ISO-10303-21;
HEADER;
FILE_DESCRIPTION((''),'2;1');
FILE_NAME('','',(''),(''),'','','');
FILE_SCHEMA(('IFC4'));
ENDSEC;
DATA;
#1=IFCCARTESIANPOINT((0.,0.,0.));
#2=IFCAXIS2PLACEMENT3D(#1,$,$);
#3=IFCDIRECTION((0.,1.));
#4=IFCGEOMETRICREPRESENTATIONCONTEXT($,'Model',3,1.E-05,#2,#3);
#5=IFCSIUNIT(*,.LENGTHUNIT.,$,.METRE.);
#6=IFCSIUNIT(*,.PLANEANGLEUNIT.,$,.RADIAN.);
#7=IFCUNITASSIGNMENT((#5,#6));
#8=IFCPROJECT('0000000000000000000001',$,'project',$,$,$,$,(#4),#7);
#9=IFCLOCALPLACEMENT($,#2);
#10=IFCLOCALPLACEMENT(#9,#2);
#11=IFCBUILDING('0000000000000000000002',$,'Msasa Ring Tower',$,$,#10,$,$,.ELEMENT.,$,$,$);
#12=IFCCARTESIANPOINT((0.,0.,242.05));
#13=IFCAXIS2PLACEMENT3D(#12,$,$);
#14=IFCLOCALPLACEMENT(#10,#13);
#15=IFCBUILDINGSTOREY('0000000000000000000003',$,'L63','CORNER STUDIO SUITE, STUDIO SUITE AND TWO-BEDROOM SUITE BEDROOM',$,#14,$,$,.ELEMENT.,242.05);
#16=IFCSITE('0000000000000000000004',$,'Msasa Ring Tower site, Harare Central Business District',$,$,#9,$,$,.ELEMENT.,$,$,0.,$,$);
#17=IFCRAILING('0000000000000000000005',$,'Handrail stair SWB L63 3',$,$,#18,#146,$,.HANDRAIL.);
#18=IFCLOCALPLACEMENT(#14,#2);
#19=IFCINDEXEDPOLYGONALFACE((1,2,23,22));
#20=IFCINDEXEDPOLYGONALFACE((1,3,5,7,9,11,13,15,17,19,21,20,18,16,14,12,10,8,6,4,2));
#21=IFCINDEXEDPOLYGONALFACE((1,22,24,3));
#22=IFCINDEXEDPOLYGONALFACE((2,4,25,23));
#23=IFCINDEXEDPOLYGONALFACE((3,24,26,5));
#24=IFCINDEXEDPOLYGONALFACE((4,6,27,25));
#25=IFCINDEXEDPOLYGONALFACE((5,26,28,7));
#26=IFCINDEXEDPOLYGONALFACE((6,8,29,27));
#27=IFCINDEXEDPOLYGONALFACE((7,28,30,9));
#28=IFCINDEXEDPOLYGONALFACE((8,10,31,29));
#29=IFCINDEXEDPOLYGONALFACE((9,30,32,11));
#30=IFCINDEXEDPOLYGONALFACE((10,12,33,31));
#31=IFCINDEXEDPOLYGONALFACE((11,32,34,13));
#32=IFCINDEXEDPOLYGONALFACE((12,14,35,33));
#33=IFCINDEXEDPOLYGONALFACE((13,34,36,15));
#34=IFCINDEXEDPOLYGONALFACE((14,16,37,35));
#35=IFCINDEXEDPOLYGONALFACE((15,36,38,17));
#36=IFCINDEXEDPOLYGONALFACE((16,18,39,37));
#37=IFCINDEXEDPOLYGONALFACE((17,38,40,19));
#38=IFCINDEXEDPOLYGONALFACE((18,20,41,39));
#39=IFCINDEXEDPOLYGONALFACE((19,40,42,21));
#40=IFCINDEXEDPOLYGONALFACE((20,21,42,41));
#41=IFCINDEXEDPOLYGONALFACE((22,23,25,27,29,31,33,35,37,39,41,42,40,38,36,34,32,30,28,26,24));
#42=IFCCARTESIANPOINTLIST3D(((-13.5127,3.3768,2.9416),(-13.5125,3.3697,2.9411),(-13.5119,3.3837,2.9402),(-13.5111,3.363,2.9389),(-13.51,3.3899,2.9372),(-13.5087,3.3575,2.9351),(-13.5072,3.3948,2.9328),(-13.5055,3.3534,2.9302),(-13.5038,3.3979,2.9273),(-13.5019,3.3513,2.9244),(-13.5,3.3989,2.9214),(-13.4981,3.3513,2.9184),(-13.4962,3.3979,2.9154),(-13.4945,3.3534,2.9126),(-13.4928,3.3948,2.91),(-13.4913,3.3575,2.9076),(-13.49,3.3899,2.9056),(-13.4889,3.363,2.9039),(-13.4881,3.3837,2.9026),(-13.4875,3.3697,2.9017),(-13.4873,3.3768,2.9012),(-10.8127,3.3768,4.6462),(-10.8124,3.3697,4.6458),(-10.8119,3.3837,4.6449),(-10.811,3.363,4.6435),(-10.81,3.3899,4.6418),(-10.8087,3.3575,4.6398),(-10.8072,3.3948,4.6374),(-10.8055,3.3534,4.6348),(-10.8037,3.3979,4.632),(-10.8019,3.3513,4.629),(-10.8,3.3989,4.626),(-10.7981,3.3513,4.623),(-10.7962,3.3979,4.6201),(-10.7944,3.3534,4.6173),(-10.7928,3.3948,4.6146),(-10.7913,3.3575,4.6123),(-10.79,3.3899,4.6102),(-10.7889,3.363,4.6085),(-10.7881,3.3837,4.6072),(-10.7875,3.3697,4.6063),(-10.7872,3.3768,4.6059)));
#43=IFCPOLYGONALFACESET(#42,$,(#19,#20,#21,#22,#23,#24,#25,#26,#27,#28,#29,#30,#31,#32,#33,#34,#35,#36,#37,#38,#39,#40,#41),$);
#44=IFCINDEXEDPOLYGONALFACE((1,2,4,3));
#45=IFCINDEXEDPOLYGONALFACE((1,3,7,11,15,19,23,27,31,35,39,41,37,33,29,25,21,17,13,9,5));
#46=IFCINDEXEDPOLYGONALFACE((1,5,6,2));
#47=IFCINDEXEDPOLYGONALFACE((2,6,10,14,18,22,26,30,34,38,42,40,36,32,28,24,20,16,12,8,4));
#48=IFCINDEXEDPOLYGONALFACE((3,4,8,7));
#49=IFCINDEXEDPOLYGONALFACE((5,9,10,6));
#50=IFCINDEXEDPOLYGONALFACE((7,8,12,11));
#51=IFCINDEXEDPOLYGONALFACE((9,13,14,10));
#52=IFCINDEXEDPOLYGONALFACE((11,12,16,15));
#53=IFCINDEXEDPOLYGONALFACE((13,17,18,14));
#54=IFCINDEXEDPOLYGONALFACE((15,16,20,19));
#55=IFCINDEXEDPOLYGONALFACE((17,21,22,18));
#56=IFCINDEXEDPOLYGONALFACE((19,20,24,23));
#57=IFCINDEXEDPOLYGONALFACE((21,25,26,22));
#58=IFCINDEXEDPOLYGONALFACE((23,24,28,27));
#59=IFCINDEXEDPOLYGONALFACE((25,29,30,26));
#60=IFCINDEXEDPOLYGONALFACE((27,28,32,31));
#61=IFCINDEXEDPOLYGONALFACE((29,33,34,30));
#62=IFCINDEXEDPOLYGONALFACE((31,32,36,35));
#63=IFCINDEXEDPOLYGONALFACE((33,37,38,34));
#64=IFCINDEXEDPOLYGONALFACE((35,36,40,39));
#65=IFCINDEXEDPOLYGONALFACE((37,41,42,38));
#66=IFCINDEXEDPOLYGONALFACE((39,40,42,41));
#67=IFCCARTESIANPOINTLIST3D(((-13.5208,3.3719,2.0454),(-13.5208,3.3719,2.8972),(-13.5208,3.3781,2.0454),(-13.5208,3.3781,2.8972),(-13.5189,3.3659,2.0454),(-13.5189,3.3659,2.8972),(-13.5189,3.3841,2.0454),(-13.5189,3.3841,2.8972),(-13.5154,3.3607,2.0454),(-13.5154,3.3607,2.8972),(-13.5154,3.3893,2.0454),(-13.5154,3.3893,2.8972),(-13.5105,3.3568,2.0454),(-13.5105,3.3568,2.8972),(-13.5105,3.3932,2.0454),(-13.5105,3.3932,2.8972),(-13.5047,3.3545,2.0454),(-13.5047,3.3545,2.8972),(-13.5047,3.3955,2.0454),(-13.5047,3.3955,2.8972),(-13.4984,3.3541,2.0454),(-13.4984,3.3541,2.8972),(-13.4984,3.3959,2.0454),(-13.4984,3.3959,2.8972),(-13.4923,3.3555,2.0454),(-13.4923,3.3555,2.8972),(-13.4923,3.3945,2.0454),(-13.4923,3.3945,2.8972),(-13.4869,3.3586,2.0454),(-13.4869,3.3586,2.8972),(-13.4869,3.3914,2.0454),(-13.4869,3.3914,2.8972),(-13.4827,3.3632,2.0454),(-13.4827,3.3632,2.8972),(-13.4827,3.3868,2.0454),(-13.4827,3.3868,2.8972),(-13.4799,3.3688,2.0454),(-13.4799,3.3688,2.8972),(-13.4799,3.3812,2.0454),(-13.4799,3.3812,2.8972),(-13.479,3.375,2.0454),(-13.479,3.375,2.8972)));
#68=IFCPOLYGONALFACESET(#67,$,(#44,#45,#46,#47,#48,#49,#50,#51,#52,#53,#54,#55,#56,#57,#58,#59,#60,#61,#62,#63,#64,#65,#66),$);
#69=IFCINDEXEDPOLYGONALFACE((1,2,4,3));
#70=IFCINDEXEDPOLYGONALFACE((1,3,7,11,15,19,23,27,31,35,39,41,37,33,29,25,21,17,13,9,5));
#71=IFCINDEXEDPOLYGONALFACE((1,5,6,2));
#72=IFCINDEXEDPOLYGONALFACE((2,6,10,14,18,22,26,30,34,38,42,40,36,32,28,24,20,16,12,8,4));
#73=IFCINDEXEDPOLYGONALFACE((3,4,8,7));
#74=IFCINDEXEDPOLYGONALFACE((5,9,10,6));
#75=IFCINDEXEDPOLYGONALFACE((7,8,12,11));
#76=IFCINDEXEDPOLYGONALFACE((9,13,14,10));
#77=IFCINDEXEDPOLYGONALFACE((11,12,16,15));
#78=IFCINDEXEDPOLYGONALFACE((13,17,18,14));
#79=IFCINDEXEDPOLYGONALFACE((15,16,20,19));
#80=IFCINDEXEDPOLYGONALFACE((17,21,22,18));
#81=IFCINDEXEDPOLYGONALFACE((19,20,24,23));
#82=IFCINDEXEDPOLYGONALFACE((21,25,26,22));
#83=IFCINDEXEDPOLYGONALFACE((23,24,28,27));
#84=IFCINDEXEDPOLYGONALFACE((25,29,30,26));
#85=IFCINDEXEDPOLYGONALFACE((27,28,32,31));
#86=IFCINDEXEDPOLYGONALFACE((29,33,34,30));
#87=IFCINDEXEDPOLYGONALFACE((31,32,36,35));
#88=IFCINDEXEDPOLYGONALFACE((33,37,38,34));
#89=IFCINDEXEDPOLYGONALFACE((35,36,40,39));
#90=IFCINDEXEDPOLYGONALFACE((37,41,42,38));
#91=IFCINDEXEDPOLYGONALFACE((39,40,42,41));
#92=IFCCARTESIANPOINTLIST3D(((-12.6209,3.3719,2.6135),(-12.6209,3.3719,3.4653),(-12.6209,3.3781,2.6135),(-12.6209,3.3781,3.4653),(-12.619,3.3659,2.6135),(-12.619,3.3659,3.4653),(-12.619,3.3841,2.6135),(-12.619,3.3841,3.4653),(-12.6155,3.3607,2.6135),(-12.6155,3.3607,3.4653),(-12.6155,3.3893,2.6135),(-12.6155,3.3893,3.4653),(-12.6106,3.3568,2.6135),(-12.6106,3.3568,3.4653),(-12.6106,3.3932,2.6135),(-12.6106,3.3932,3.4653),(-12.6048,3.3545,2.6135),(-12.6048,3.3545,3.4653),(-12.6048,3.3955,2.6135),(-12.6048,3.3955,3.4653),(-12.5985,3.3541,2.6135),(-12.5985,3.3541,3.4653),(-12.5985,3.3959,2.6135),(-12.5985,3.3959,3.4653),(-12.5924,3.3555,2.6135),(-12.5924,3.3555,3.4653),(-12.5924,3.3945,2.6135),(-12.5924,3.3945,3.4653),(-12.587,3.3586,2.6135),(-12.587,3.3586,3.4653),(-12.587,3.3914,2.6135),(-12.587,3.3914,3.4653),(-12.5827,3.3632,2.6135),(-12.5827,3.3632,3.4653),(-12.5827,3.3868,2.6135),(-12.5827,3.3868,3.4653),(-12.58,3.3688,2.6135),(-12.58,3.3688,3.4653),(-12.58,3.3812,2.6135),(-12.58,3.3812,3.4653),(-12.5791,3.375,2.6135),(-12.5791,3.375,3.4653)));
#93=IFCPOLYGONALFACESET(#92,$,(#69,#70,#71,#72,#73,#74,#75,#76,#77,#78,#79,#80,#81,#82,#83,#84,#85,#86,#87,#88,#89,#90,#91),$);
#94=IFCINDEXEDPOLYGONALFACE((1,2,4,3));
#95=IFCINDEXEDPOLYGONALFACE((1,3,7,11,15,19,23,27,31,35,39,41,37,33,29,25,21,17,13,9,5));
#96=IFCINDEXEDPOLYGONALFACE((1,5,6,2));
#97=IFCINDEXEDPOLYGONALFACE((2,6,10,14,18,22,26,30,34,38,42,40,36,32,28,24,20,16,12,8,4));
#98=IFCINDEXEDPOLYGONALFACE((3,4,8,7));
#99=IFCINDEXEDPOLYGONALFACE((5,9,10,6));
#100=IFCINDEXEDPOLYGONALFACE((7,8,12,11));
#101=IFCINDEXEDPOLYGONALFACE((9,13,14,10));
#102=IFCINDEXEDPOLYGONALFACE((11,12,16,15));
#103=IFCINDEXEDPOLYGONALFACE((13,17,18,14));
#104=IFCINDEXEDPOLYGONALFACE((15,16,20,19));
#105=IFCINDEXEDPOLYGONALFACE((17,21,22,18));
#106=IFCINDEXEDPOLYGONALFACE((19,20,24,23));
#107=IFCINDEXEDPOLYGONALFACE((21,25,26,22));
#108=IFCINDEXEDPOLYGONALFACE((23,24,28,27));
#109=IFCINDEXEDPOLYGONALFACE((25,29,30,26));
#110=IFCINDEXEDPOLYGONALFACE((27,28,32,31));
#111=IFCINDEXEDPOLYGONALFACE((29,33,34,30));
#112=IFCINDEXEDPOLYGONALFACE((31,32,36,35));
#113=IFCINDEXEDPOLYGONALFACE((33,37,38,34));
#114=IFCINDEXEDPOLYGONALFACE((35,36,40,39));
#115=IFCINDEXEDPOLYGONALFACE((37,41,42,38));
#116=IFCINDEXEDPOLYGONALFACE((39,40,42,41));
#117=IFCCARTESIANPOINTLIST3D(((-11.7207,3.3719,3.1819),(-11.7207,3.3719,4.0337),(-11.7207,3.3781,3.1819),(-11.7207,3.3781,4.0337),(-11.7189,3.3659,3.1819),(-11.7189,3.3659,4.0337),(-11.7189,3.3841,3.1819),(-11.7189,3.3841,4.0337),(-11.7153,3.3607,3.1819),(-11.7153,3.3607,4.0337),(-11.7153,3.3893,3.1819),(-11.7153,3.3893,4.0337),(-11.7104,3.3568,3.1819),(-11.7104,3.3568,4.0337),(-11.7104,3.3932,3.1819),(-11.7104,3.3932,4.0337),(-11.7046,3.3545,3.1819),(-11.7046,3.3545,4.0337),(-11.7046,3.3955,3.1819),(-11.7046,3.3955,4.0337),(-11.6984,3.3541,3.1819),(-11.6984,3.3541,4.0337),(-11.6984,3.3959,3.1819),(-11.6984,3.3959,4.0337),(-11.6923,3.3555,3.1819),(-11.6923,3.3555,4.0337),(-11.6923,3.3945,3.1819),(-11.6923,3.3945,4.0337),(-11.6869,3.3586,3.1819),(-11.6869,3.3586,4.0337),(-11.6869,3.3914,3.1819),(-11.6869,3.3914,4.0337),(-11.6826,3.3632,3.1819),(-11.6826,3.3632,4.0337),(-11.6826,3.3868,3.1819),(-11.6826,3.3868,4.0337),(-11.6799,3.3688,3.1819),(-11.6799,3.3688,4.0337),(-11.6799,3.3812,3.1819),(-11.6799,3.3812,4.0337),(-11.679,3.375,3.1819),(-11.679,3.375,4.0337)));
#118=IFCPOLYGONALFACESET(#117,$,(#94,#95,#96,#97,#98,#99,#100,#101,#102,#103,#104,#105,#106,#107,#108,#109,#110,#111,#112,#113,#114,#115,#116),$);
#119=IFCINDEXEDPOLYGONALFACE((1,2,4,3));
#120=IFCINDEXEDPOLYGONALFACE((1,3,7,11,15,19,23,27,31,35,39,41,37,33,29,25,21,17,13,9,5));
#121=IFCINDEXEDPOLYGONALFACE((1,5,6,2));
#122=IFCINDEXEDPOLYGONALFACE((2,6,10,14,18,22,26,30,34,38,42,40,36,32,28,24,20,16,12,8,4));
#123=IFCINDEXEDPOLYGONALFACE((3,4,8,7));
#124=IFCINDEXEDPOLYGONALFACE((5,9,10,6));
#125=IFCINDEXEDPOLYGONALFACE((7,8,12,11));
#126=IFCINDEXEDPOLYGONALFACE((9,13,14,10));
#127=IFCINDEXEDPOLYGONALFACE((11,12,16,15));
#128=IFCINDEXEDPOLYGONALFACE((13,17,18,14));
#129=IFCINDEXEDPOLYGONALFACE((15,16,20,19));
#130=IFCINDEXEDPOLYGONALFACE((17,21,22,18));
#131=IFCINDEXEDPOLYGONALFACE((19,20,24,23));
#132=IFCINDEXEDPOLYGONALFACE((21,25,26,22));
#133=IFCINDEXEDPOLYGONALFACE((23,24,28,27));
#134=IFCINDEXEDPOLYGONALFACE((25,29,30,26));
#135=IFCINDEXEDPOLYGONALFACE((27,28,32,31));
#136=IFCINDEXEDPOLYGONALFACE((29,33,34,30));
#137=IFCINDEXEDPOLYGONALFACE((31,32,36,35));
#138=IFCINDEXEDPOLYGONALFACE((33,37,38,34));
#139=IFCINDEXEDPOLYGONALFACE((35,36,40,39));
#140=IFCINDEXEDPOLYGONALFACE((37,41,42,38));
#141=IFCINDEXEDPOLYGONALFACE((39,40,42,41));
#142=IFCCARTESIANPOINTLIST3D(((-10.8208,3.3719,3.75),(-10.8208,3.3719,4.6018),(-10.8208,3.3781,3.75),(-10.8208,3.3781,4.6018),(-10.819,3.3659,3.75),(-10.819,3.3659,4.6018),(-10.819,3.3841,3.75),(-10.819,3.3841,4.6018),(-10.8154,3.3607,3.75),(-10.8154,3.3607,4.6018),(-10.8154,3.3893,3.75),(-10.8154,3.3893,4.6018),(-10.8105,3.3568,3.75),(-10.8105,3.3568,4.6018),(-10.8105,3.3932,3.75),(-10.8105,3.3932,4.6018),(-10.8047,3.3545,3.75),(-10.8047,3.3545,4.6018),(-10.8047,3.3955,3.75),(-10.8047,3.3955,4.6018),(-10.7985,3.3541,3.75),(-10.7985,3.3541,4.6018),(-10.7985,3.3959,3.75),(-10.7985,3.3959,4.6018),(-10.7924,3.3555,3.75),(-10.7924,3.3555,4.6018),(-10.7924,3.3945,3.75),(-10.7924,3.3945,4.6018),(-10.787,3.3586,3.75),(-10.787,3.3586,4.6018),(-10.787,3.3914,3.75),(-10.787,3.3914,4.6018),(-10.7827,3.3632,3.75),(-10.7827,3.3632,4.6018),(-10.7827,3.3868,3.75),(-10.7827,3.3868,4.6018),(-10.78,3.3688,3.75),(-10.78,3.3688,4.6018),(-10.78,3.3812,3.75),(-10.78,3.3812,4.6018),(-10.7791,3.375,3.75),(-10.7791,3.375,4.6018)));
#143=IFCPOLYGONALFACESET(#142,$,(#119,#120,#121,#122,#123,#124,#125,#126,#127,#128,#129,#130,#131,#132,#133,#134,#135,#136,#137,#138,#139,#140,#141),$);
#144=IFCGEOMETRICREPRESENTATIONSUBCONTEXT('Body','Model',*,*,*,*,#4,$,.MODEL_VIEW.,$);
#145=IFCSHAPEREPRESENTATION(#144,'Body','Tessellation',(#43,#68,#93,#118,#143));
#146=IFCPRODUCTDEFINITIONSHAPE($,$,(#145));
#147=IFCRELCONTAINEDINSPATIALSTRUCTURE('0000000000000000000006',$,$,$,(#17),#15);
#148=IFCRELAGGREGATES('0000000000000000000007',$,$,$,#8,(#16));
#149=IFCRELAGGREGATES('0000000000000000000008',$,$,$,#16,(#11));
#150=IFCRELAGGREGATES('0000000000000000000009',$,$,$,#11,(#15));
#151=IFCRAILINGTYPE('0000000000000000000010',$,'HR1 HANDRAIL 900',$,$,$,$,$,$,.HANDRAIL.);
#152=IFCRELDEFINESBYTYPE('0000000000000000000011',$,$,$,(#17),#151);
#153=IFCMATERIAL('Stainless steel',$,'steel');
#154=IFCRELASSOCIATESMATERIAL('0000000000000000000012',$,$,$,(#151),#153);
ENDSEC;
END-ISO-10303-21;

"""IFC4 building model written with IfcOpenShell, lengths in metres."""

from ifc_helpers import new_model, si_unit, direction, frame, origin, origin_2d, place, context, subcontext, project, spatial, circle, extrude, material, type_object, element, save


model = new_model("IFC4")

# Units and contexts
model_context = context("Model", 3, precision=1e-05, world=origin(), true_north=direction((0.0, 1.0)))
body_context = subcontext(model_context, "Body", "Model", "MODEL_VIEW")
ifc_project = project(units=[si_unit("LENGTHUNIT", "METRE"), si_unit("PLANEANGLEUNIT", "RADIAN")], contexts=[model_context])

# Site, building, storey
site_placement = place(None, origin())
site = spatial("IfcSite", under=ifc_project, at=site_placement, Name="Msasa Ring Tower site, Harare Central Business District", CompositionType="ELEMENT", RefElevation=0.0)
building_placement = place(site_placement, origin())
building = spatial("IfcBuilding", under=site, at=building_placement, Name="Msasa Ring Tower", CompositionType="ELEMENT")
storey_placement = place(building_placement, frame((0.0, 0.0, 242.05)))
storey = spatial("IfcBuildingStorey", under=building, at=storey_placement, Name="L63", Description="CORNER STUDIO SUITE, STUDIO SUITE AND TWO-BEDROOM SUITE BEDROOM", CompositionType="ELEMENT", Elevation=242.05)

# Railing
ifc_material_1 = material(Name="Stainless steel", Category="steel")
railing_type = type_object("IfcRailingType", Name="HR1 HANDRAIL 900", PredefinedType="HANDRAIL", material=ifc_material_1)
for number, where, name in (
    (1, (-13.5, 3.375, 2.0454), "Handrail stair SWB L63 3"),
):
    element("IfcRailing", number, at=place(storey_placement, frame(where)), inside=storey, type_object=railing_type, Name=name, PredefinedType="HANDRAIL", context=body_context, shape_type="SweptSolid", body=[
        extrude(circle(Radius=0.0239, at=origin_2d()), frame((0.0, 0.0, 0.876), z_axis=(0.84558, 0.0, 0.533849), x_axis=(0.0, 1.0, 0.0)), (0.0, 0.0, 1.0), 3.1931),
        extrude(circle(Radius=0.021, at=origin_2d()), origin(), (0.0, 0.0, 1.0), 0.8518),
        extrude(circle(Radius=0.021, at=origin_2d()), frame((0.8999, 0.0, 0.5681)), (0.0, 0.0, 1.0), 0.8518),
        extrude(circle(Radius=0.021, at=origin_2d()), frame((1.8, 0.0, 1.1365)), (0.0, 0.0, 1.0), 0.8518),
        extrude(circle(Radius=0.021, at=origin_2d()), frame((2.7, 0.0, 1.7046)), (0.0, 0.0, 1.0), 0.8518),
    ])

save(model, "model.ifc")
